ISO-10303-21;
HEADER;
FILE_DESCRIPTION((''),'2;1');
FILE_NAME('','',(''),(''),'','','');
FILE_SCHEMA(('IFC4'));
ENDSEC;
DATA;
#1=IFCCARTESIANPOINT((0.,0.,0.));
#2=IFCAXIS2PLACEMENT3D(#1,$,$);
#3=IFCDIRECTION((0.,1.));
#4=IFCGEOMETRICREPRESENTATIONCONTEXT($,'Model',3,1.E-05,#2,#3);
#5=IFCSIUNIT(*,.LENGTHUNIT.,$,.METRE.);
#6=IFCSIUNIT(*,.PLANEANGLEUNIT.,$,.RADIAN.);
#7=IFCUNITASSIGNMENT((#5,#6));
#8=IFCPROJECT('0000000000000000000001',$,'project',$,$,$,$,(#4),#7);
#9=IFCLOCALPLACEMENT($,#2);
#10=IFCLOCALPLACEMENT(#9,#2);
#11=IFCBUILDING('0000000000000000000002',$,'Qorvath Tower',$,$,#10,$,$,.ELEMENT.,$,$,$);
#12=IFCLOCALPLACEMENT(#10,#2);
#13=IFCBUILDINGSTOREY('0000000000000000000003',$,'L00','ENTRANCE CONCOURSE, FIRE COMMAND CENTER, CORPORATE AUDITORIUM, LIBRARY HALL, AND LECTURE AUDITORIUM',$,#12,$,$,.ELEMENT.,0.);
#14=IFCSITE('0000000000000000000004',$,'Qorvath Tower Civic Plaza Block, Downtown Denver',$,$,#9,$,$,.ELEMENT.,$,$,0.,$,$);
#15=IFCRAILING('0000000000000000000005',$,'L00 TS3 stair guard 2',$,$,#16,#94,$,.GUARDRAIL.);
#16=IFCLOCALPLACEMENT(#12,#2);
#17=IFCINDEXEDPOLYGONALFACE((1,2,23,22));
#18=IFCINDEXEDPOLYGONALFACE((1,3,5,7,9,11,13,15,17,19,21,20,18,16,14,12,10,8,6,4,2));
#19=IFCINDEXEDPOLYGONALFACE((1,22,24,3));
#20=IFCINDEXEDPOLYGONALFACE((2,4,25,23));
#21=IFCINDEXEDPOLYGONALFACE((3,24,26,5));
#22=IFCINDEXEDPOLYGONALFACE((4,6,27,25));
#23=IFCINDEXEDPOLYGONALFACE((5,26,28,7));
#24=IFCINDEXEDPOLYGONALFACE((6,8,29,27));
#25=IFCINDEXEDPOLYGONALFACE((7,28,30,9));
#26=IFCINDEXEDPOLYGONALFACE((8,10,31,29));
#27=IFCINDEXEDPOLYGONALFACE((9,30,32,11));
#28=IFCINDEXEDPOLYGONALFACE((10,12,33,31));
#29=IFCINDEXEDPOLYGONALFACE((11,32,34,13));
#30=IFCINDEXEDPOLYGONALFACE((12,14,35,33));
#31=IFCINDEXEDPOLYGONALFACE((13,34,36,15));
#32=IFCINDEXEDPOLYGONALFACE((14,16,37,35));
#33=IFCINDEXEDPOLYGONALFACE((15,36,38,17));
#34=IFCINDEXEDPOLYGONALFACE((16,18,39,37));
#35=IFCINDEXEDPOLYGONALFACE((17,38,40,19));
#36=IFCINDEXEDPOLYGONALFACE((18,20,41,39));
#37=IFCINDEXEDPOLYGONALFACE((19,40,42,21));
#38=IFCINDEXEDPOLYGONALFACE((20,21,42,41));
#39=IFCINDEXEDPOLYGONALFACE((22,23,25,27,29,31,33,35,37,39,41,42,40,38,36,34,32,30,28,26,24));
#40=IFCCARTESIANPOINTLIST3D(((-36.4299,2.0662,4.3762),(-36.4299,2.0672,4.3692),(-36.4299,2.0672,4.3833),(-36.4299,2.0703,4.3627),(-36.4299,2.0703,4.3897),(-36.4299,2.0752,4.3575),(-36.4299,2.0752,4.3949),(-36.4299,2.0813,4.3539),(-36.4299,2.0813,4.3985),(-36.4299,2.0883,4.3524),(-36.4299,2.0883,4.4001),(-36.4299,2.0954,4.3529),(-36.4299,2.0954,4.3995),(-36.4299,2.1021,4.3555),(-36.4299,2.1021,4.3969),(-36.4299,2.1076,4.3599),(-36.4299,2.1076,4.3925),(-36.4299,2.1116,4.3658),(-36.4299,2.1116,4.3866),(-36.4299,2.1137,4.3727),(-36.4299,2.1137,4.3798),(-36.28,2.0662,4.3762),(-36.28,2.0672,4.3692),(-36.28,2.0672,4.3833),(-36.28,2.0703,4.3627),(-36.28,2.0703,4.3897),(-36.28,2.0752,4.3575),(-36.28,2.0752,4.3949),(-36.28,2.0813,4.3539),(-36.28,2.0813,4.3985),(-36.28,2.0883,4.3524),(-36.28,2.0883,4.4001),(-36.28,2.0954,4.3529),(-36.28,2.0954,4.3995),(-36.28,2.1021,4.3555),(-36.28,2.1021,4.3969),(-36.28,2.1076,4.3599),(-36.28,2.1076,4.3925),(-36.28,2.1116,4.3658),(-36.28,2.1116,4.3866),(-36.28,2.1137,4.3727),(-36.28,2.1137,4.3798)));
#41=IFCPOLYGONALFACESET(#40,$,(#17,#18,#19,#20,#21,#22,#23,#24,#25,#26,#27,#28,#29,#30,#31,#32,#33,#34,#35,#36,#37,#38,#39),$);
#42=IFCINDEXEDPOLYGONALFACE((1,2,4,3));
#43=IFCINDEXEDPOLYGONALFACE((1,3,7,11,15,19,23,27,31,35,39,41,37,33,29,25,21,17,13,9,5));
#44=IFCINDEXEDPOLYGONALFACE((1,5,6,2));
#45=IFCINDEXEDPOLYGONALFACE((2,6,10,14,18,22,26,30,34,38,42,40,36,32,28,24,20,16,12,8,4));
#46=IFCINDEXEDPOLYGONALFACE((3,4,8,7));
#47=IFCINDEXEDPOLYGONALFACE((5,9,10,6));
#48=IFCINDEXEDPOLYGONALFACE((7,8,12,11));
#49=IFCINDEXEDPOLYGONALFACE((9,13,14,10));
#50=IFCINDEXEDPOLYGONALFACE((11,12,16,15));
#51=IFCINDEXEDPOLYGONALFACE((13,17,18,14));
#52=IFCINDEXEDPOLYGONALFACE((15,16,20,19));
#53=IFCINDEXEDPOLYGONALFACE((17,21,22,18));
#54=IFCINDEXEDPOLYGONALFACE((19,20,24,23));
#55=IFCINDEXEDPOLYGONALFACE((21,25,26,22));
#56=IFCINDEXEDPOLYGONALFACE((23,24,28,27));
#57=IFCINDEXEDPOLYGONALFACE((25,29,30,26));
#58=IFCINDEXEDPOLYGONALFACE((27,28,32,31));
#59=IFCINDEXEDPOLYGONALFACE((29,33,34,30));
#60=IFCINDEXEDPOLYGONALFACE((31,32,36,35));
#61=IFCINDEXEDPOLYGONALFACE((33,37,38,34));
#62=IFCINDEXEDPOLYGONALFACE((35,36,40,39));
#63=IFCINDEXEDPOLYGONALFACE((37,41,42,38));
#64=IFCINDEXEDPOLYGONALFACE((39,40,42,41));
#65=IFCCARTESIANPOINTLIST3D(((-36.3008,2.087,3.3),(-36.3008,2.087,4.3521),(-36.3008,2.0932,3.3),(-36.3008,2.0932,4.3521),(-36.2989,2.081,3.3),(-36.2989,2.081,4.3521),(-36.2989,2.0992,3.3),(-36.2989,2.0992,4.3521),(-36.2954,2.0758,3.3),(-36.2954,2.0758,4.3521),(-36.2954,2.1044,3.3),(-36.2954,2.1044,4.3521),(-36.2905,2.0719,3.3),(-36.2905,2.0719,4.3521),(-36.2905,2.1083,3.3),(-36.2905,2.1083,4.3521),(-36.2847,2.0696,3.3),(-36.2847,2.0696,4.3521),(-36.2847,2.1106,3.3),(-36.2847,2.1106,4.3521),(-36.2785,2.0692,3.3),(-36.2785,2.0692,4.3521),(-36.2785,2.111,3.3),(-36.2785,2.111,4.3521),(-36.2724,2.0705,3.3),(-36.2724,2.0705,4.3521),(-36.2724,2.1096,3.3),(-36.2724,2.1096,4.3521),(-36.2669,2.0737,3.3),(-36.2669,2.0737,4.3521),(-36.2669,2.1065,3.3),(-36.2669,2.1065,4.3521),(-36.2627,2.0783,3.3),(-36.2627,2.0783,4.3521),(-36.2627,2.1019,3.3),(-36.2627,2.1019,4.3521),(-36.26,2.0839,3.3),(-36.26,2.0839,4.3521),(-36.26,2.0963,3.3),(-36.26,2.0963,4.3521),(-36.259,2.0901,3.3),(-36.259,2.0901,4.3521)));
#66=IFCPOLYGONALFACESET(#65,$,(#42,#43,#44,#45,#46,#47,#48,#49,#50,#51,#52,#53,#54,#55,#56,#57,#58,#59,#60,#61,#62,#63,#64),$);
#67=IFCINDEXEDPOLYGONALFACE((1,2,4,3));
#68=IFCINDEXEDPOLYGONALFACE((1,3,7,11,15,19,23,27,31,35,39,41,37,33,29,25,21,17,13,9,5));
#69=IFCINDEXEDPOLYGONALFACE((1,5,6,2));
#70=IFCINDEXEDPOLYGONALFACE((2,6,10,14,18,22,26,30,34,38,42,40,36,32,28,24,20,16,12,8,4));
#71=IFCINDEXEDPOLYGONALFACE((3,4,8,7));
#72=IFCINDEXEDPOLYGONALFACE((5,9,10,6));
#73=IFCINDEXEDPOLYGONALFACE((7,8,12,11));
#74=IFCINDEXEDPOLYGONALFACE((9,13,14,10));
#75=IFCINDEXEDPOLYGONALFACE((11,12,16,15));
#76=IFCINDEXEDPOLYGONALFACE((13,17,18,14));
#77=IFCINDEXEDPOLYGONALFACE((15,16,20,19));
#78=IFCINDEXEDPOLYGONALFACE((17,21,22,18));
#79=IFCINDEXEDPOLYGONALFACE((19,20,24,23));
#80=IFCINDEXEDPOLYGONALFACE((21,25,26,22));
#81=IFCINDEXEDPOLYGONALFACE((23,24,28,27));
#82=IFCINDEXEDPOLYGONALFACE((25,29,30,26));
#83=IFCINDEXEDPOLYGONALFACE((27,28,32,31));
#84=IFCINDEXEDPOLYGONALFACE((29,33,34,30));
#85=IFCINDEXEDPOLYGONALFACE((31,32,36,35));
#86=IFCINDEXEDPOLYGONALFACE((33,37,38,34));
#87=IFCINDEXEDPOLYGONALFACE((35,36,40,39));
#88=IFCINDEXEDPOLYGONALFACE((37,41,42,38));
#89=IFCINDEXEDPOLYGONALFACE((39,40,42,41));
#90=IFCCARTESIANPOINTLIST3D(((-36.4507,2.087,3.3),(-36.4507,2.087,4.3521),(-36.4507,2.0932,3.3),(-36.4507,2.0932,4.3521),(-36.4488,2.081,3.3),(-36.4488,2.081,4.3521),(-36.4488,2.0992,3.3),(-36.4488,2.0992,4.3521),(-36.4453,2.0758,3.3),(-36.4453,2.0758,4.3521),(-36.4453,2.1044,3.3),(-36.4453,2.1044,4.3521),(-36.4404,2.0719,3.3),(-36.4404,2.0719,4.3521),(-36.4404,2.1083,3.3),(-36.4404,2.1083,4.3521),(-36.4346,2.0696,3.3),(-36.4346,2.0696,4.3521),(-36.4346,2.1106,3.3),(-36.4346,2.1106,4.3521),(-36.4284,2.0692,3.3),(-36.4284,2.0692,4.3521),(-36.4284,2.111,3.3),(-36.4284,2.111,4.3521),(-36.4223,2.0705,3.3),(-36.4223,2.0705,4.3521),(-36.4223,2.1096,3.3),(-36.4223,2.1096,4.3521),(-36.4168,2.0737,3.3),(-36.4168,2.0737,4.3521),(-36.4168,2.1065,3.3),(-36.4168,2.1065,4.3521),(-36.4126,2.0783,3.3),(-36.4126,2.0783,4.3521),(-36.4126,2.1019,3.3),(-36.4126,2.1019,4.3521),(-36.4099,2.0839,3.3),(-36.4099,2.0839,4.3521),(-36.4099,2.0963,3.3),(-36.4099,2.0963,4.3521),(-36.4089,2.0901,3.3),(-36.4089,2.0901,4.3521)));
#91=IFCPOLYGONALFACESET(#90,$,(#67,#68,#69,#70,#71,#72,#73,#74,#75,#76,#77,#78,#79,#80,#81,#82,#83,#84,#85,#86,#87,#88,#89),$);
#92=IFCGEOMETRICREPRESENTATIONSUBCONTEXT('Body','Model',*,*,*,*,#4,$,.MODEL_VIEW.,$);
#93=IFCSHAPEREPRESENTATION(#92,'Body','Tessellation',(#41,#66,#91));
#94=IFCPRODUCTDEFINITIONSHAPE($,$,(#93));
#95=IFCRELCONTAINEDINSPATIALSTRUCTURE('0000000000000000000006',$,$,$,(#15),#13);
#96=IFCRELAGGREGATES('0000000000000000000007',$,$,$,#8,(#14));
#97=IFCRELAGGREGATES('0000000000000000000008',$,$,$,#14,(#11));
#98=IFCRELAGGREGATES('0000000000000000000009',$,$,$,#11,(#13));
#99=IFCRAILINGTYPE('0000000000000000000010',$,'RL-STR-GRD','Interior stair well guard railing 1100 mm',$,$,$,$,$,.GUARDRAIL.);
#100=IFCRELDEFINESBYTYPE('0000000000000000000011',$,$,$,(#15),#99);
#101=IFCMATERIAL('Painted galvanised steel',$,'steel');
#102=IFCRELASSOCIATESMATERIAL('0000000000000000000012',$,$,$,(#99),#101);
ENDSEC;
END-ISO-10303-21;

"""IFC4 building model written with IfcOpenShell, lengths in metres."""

from ifc_helpers import new_model, si_unit, direction, frame, origin, origin_2d, place, context, subcontext, project, spatial, circle, extrude, material, type_object, element, save


model = new_model("IFC4")

# Units and contexts
model_context = context("Model", 3, precision=1e-05, world=origin(), true_north=direction((0.0, 1.0)))
body_context = subcontext(model_context, "Body", "Model", "MODEL_VIEW")
ifc_project = project(units=[si_unit("LENGTHUNIT", "METRE"), si_unit("PLANEANGLEUNIT", "RADIAN")], contexts=[model_context])

# Site, building, storey
site_placement = place(None, origin())
site = spatial("IfcSite", under=ifc_project, at=site_placement, Name="Qorvath Tower Civic Plaza Block, Downtown Denver", CompositionType="ELEMENT", RefElevation=0.0)
building_placement = place(site_placement, origin())
building = spatial("IfcBuilding", under=site, at=building_placement, Name="Qorvath Tower", CompositionType="ELEMENT")
storey_placement = place(building_placement, origin())
storey = spatial("IfcBuildingStorey", under=building, at=storey_placement, Name="L00", Description="ENTRANCE CONCOURSE, FIRE COMMAND CENTER, CORPORATE AUDITORIUM, LIBRARY HALL, AND LECTURE AUDITORIUM", CompositionType="ELEMENT", Elevation=0.0)

# Railing
ifc_material_1 = material(Name="Painted galvanised steel", Category="steel")
railing_type_1 = type_object("IfcRailingType", Name="RL-STR-GRD", Description="Interior stair well guard railing 1100 mm", PredefinedType="GUARDRAIL", material=ifc_material_1)
railing_1_placement = place(storey_placement, frame((-36.28, 2.0901, 3.3)))
element("IfcRailing", 1, at=railing_1_placement, inside=storey, type_object=railing_type_1, Name="L00 TS3 stair guard 2", PredefinedType="GUARDRAIL", context=body_context, shape_type="SweptSolid", body=[
    extrude(circle(Radius=0.0239, at=origin_2d()), frame((0.0, 0.0, 1.0762), z_axis=(-1.0, 0.0, 0.0), x_axis=(0.0, -1.0, 0.0)), (0.0, 0.0, 1.0), 0.1499),
    extrude(circle(Radius=0.021, at=origin_2d()), origin(), (0.0, 0.0, 1.0), 1.052),
    extrude(circle(Radius=0.021, at=origin_2d()), frame((-0.1499, 0.0, 0.0)), (0.0, 0.0, 1.0), 1.052),
])

save(model, "model.ifc")
